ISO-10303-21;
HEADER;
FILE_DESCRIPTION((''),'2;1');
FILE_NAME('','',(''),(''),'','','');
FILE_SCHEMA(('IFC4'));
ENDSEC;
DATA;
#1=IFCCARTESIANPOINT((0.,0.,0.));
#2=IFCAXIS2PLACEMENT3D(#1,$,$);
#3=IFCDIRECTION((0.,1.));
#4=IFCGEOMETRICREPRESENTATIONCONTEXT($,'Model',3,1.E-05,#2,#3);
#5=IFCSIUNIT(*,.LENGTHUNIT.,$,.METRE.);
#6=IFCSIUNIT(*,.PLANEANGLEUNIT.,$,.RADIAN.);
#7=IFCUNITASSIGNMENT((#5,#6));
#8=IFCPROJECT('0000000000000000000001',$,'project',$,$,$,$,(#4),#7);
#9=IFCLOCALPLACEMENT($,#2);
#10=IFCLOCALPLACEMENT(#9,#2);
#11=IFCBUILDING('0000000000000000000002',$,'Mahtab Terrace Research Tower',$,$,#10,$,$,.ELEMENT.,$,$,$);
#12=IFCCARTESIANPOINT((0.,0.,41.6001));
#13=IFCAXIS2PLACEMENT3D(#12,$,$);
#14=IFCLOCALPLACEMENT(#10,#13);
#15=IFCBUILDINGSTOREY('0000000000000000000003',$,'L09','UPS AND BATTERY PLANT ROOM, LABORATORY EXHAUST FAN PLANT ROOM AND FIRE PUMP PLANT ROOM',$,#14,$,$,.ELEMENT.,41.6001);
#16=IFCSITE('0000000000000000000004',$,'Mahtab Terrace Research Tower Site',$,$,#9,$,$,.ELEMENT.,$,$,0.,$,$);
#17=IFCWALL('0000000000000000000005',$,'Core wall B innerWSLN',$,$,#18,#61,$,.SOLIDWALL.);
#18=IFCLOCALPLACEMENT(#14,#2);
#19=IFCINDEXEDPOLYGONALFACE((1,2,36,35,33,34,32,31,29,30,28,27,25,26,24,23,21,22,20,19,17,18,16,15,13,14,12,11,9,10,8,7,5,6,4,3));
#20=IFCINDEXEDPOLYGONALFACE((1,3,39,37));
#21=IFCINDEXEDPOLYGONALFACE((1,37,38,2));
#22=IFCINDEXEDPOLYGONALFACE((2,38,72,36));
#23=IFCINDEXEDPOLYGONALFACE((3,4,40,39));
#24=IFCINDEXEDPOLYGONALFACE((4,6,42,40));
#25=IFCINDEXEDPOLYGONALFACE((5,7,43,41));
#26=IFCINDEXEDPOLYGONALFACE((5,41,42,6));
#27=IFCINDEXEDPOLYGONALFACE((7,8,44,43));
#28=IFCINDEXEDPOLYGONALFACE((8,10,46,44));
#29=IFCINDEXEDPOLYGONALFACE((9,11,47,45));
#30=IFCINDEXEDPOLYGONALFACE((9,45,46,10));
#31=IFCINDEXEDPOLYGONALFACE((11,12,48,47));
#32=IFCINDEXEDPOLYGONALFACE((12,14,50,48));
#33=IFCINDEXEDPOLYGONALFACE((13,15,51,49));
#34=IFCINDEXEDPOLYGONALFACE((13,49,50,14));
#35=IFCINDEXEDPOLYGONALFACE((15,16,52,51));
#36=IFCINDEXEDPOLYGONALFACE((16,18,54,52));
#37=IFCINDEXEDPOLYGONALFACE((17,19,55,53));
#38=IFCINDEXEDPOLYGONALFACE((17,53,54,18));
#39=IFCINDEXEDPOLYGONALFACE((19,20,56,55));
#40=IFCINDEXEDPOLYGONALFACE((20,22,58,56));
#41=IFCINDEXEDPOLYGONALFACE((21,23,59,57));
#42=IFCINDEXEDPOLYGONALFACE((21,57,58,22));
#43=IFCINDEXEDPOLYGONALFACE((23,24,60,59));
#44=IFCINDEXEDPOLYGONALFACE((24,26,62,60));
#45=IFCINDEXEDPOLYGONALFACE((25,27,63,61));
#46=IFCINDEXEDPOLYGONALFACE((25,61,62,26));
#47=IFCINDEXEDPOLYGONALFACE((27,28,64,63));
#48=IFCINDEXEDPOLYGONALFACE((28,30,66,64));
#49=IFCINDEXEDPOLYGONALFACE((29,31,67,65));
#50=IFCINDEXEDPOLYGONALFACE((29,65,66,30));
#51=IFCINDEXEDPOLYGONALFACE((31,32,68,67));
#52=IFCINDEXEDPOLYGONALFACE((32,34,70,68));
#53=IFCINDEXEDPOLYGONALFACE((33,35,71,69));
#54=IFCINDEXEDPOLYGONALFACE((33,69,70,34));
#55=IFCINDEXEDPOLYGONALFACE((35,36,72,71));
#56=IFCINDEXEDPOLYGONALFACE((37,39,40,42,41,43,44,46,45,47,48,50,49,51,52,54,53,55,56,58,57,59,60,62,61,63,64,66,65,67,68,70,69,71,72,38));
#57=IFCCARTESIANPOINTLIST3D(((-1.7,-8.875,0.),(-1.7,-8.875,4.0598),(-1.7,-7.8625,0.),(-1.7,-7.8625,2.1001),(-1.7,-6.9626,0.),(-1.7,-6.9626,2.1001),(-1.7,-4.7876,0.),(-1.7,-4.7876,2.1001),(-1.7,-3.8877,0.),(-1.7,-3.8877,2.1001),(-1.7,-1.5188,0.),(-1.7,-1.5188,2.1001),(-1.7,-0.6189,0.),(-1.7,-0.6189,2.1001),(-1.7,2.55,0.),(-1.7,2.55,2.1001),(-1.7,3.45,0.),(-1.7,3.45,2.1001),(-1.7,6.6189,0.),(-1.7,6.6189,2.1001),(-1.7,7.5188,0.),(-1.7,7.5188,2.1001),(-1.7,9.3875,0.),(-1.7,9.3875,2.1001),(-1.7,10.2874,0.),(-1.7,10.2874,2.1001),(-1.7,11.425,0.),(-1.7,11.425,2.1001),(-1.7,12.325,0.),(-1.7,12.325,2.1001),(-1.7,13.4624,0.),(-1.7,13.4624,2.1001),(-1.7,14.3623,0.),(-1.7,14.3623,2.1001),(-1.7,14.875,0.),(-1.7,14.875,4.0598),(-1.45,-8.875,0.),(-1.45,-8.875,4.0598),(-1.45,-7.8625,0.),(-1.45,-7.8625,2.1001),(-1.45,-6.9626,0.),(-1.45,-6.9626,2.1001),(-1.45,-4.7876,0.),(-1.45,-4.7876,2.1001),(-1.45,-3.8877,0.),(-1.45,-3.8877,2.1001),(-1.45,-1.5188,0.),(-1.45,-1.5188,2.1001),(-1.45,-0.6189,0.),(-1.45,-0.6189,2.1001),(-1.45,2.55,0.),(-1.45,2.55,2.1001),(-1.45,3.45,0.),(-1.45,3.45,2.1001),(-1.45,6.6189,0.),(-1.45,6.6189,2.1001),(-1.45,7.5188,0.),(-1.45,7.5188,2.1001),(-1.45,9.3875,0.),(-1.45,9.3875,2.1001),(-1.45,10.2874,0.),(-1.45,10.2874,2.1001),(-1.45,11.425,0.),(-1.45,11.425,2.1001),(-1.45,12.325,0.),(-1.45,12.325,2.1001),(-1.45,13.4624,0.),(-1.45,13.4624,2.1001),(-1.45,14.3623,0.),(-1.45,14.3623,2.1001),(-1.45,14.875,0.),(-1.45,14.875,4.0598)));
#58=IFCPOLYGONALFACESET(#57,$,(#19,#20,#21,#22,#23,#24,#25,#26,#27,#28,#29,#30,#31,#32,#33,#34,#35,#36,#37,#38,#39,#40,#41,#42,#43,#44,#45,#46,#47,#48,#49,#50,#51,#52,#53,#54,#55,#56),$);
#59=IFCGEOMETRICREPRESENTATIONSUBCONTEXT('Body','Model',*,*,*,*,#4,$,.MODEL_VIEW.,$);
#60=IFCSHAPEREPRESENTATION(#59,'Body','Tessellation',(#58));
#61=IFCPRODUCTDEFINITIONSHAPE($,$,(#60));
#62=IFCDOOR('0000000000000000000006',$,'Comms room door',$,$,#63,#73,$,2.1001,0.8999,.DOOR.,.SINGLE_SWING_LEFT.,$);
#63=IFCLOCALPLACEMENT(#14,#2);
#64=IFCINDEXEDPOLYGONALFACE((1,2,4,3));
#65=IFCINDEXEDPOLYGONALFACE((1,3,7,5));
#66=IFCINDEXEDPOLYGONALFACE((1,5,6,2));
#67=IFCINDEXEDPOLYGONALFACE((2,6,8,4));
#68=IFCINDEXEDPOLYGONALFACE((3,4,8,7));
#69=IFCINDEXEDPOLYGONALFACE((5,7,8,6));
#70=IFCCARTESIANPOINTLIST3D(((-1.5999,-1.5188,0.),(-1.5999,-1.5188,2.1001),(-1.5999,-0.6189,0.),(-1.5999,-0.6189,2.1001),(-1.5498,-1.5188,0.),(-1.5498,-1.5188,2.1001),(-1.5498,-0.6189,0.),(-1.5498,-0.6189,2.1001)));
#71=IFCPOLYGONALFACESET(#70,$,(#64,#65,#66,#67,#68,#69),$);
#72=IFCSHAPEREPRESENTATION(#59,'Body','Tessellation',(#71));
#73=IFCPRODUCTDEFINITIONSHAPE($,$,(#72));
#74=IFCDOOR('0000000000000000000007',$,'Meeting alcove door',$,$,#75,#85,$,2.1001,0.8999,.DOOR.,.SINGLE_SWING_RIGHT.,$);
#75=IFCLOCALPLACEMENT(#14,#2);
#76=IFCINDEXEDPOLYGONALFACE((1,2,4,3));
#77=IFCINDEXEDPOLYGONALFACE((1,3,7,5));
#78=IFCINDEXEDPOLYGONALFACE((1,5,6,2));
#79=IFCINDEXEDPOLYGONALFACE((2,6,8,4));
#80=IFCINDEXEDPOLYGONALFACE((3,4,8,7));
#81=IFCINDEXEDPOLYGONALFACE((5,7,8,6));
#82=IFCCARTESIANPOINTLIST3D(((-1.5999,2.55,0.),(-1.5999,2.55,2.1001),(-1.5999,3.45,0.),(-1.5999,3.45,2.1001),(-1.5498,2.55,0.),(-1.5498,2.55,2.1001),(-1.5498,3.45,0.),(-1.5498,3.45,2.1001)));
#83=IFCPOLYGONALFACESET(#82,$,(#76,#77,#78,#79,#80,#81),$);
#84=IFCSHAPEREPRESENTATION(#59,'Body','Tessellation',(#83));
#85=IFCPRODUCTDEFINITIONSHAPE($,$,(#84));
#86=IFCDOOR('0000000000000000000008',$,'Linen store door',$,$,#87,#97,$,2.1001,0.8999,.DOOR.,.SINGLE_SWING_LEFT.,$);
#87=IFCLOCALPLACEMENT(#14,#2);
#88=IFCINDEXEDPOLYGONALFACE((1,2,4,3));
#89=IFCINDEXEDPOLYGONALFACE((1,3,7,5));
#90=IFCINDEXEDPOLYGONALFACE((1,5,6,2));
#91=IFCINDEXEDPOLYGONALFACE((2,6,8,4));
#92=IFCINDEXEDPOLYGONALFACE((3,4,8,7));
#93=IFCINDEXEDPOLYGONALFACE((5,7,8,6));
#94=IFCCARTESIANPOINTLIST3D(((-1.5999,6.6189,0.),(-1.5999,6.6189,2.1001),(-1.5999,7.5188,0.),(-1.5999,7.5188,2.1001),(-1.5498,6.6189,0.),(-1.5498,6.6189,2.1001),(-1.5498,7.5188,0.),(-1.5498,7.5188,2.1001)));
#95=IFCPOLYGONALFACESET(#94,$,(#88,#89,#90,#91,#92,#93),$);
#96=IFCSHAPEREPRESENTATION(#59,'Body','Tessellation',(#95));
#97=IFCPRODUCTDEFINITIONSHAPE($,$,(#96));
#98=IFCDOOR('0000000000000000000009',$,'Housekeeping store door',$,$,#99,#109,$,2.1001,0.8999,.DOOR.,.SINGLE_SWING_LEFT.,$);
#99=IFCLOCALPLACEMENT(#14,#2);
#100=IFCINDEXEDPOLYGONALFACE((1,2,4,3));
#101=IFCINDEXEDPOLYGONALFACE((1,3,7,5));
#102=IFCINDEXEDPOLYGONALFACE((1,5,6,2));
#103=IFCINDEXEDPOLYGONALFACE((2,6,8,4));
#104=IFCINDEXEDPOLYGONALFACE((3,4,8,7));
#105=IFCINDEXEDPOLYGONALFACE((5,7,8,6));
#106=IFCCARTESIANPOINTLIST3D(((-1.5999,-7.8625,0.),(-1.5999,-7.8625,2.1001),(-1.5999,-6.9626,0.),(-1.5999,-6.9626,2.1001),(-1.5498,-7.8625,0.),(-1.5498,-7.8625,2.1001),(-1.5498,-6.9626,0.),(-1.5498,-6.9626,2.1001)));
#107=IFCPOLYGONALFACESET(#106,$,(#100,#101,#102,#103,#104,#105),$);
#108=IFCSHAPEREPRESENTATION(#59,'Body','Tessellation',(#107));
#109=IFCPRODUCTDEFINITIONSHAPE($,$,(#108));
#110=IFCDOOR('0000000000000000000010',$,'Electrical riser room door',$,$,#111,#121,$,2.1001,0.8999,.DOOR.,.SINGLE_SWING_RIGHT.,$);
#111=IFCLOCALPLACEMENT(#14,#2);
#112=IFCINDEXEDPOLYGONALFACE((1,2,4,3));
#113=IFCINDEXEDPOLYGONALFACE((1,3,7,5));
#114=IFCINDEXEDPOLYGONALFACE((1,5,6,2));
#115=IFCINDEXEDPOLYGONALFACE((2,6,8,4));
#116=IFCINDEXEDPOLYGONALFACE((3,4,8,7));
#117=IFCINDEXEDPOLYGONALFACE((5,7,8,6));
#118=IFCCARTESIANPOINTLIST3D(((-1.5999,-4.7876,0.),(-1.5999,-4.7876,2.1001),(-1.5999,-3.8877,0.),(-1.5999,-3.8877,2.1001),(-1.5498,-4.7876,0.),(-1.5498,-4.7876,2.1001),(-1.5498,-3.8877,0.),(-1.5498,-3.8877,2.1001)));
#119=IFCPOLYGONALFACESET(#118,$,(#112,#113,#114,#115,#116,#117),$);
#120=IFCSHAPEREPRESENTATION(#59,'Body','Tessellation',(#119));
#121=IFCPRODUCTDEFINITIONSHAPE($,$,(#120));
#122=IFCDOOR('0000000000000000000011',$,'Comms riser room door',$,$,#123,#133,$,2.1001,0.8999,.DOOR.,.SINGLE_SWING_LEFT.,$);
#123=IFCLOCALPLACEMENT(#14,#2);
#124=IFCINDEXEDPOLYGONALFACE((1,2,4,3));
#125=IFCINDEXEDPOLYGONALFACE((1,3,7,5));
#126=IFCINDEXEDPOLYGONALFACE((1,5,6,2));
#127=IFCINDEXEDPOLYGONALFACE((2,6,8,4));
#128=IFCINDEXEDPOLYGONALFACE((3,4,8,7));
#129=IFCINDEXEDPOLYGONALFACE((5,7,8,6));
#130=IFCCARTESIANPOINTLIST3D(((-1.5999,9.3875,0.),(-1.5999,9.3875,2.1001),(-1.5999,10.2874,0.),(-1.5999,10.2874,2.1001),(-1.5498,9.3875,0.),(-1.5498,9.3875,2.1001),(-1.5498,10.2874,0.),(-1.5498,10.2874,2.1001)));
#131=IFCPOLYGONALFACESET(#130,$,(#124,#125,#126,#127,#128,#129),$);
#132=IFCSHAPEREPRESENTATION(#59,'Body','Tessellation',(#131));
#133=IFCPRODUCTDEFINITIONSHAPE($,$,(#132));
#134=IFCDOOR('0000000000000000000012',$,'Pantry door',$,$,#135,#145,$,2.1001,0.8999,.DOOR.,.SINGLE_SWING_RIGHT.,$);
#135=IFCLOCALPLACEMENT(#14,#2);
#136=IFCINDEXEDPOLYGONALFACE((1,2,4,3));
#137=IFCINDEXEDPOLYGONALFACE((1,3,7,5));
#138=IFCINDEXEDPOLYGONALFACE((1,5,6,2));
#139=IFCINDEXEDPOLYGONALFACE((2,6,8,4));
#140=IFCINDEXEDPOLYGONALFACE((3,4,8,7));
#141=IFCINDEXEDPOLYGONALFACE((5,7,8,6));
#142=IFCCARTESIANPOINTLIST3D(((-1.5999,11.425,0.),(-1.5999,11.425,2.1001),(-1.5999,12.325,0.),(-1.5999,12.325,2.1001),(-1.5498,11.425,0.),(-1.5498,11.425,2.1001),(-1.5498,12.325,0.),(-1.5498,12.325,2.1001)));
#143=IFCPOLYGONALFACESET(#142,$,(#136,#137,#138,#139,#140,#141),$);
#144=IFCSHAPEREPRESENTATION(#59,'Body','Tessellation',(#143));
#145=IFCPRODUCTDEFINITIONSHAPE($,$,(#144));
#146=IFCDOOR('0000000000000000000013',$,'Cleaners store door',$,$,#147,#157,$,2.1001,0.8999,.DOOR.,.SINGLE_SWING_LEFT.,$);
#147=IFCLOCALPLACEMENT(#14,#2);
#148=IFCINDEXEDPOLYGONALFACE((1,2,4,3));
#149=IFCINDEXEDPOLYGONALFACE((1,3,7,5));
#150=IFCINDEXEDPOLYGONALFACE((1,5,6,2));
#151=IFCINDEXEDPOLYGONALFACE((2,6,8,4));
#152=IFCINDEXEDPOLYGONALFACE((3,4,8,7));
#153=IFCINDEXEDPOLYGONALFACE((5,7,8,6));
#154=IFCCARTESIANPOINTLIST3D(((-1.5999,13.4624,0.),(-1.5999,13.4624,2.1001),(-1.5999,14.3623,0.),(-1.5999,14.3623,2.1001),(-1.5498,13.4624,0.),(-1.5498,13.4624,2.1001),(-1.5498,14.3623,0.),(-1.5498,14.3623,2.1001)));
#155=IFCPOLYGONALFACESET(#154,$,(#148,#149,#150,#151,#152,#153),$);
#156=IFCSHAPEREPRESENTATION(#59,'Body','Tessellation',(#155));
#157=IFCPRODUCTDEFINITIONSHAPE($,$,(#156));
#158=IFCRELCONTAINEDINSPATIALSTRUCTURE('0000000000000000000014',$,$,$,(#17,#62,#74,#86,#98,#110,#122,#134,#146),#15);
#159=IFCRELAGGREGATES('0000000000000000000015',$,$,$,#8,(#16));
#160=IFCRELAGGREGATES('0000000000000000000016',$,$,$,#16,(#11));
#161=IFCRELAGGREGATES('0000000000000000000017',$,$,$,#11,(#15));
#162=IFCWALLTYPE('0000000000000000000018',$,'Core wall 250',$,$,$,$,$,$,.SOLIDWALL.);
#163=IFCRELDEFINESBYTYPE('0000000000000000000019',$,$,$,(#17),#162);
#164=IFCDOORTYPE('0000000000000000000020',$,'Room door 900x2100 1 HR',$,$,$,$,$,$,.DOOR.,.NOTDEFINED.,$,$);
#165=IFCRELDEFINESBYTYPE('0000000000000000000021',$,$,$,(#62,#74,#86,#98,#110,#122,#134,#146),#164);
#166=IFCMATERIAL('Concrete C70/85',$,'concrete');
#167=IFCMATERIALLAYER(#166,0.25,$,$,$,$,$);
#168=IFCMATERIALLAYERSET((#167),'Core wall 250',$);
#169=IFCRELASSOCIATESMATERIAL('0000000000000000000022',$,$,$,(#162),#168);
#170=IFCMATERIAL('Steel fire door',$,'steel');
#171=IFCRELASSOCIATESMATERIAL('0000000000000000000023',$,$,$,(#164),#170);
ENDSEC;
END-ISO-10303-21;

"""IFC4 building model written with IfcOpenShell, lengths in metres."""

from ifc_helpers import new_model, si_unit, direction, frame, frame_2d, origin, place, context, subcontext, project, spatial, rectangle, extrude, material, layer, layer_set, type_object, element, fill, save


model = new_model("IFC4")

# Units and contexts
model_context = context("Model", 3, precision=1e-05, world=origin(), true_north=direction((0.0, 1.0)))
body_context = subcontext(model_context, "Body", "Model", "MODEL_VIEW")
ifc_project = project(units=[si_unit("LENGTHUNIT", "METRE"), si_unit("PLANEANGLEUNIT", "RADIAN")], contexts=[model_context])

# Site, building, storey
site_placement = place(None, origin())
site = spatial("IfcSite", under=ifc_project, at=site_placement, Name="Mahtab Terrace Research Tower Site", CompositionType="ELEMENT", RefElevation=0.0)
building_placement = place(site_placement, origin())
building = spatial("IfcBuilding", under=site, at=building_placement, Name="Mahtab Terrace Research Tower", CompositionType="ELEMENT")
storey_placement = place(building_placement, frame((0.0, 0.0, 41.6001)))
storey = spatial("IfcBuildingStorey", under=building, at=storey_placement, Name="L09", Description="UPS AND BATTERY PLANT ROOM, LABORATORY EXHAUST FAN PLANT ROOM AND FIRE PUMP PLANT ROOM", CompositionType="ELEMENT", Elevation=41.6001)

# Shared definitions
ifc_material_1 = material(Name="Concrete C70/85", Category="concrete")

# Shared definitions
ifc_layer_1 = layer(ifc_material_1, 0.25)
ifc_layer_set_1 = layer_set([ifc_layer_1], Name="Core wall 250")
wall_type_1 = type_object("IfcWallType", Name="Core wall 250", PredefinedType="SOLIDWALL", material=ifc_layer_set_1)

# Wall, openings, doors
wall_1_placement = place(storey_placement, frame((-1.575, -8.875, 0.0), z_axis=(0.0, 0.0, 1.0), x_axis=(0.0, 1.0, 0.0)))
wall_1 = element("IfcWall", 1, at=wall_1_placement, inside=storey, type_object=wall_type_1, Name="Core wall B innerWSLN", PredefinedType="SOLIDWALL", context=body_context, shape_type="SweptSolid", body=[
    extrude(rectangle(XDim=23.75, YDim=0.25, at=frame_2d((11.875, 0.0))), origin(), (0.0, 0.0, 1.0), 4.0598),
])
opening_1_placement = place(wall_1_placement, frame((7.3562, 0.0, 0.0)))
opening_1 = element("IfcOpeningElement", 2, at=opening_1_placement, cuts=wall_1, PredefinedType="OPENING", context=body_context, shape_type="SweptSolid", body=[
    extrude(rectangle(XDim=0.8999, YDim=2.1001, at=frame_2d((0.45, 1.05))), frame((0.0, 0.135, 0.0), z_axis=(0.0, -1.0, 0.0), x_axis=(1.0, 0.0, 0.0)), (0.0, 0.0, 1.0), 0.27),
])
opening_2_placement = place(wall_1_placement, frame((11.425, 0.0, 0.0)))
opening_2 = element("IfcOpeningElement", 3, at=opening_2_placement, cuts=wall_1, PredefinedType="OPENING", context=body_context, shape_type="SweptSolid", body=[
    extrude(rectangle(XDim=0.8999, YDim=2.1001, at=frame_2d((0.45, 1.05))), frame((0.0, 0.135, 0.0), z_axis=(0.0, -1.0, 0.0), x_axis=(1.0, 0.0, 0.0)), (0.0, 0.0, 1.0), 0.27),
])
opening_3_placement = place(wall_1_placement, frame((15.4939, 0.0, 0.0)))
opening_3 = element("IfcOpeningElement", 4, at=opening_3_placement, cuts=wall_1, PredefinedType="OPENING", context=body_context, shape_type="SweptSolid", body=[
    extrude(rectangle(XDim=0.8999, YDim=2.1001, at=frame_2d((0.45, 1.05))), frame((0.0, 0.135, 0.0), z_axis=(0.0, -1.0, 0.0), x_axis=(1.0, 0.0, 0.0)), (0.0, 0.0, 1.0), 0.27),
])
opening_4_placement = place(wall_1_placement, frame((1.0125, 0.0, 0.0)))
opening_4 = element("IfcOpeningElement", 5, at=opening_4_placement, cuts=wall_1, PredefinedType="OPENING", context=body_context, shape_type="SweptSolid", body=[
    extrude(rectangle(XDim=0.8999, YDim=2.1001, at=frame_2d((0.45, 1.05))), frame((0.0, 0.135, 0.0), z_axis=(0.0, -1.0, 0.0), x_axis=(1.0, 0.0, 0.0)), (0.0, 0.0, 1.0), 0.27),
])
opening_5_placement = place(wall_1_placement, frame((4.0874, 0.0, 0.0)))
opening_5 = element("IfcOpeningElement", 6, at=opening_5_placement, cuts=wall_1, PredefinedType="OPENING", context=body_context, shape_type="SweptSolid", body=[
    extrude(rectangle(XDim=0.8999, YDim=2.1001, at=frame_2d((0.45, 1.05))), frame((0.0, 0.135, 0.0), z_axis=(0.0, -1.0, 0.0), x_axis=(1.0, 0.0, 0.0)), (0.0, 0.0, 1.0), 0.27),
])
opening_6_placement = place(wall_1_placement, frame((18.2625, 0.0, 0.0)))
opening_6 = element("IfcOpeningElement", 7, at=opening_6_placement, cuts=wall_1, PredefinedType="OPENING", context=body_context, shape_type="SweptSolid", body=[
    extrude(rectangle(XDim=0.8999, YDim=2.1001, at=frame_2d((0.45, 1.05))), frame((0.0, 0.135, 0.0), z_axis=(0.0, -1.0, 0.0), x_axis=(1.0, 0.0, 0.0)), (0.0, 0.0, 1.0), 0.27),
])
opening_7_placement = place(wall_1_placement, frame((20.3, 0.0, 0.0)))
opening_7 = element("IfcOpeningElement", 8, at=opening_7_placement, cuts=wall_1, PredefinedType="OPENING", context=body_context, shape_type="SweptSolid", body=[
    extrude(rectangle(XDim=0.8999, YDim=2.1001, at=frame_2d((0.45, 1.05))), frame((0.0, 0.135, 0.0), z_axis=(0.0, -1.0, 0.0), x_axis=(1.0, 0.0, 0.0)), (0.0, 0.0, 1.0), 0.27),
])
opening_8_placement = place(wall_1_placement, frame((22.3374, 0.0, 0.0)))
opening_8 = element("IfcOpeningElement", 9, at=opening_8_placement, cuts=wall_1, PredefinedType="OPENING", context=body_context, shape_type="SweptSolid", body=[
    extrude(rectangle(XDim=0.8999, YDim=2.1001, at=frame_2d((0.45, 1.05))), frame((0.0, 0.135, 0.0), z_axis=(0.0, -1.0, 0.0), x_axis=(1.0, 0.0, 0.0)), (0.0, 0.0, 1.0), 0.27),
])
ifc_material_2 = material(Name="Steel fire door", Category="steel")
door_type_1 = type_object("IfcDoorType", Name="Room door 900x2100 1 HR", OperationType="NOTDEFINED", PredefinedType="DOOR", material=ifc_material_2)
door_1_placement = place(opening_1_placement, origin())
door_1 = element("IfcDoor", 10, at=door_1_placement, inside=storey, type_object=door_type_1, Name="Comms room door", OperationType="SINGLE_SWING_LEFT", OverallHeight=2.1001, OverallWidth=0.8999, PredefinedType="DOOR", context=body_context, shape_type="SweptSolid", body=[
    extrude(rectangle(XDim=0.8999, YDim=2.1001, at=frame_2d((0.45, 1.05))), frame((0.0, 0.0249, 0.0), z_axis=(0.0, -1.0, 0.0), x_axis=(1.0, 0.0, 0.0)), (0.0, 0.0, 1.0), 0.05),
])
fill(opening_1, door_1)
door_2_placement = place(opening_2_placement, origin())
door_2 = element("IfcDoor", 11, at=door_2_placement, inside=storey, type_object=door_type_1, Name="Meeting alcove door", OperationType="SINGLE_SWING_RIGHT", OverallHeight=2.1001, OverallWidth=0.8999, PredefinedType="DOOR", context=body_context, shape_type="SweptSolid", body=[
    extrude(rectangle(XDim=0.8999, YDim=2.1001, at=frame_2d((0.45, 1.05))), frame((0.0, 0.0249, 0.0), z_axis=(0.0, -1.0, 0.0), x_axis=(1.0, 0.0, 0.0)), (0.0, 0.0, 1.0), 0.05),
])
fill(opening_2, door_2)
door_3_placement = place(opening_3_placement, origin())
door_3 = element("IfcDoor", 12, at=door_3_placement, inside=storey, type_object=door_type_1, Name="Linen store door", OperationType="SINGLE_SWING_LEFT", OverallHeight=2.1001, OverallWidth=0.8999, PredefinedType="DOOR", context=body_context, shape_type="SweptSolid", body=[
    extrude(rectangle(XDim=0.8999, YDim=2.1001, at=frame_2d((0.45, 1.05))), frame((0.0, 0.0249, 0.0), z_axis=(0.0, -1.0, 0.0), x_axis=(1.0, 0.0, 0.0)), (0.0, 0.0, 1.0), 0.05),
])
fill(opening_3, door_3)
door_4_placement = place(opening_4_placement, origin())
door_4 = element("IfcDoor", 13, at=door_4_placement, inside=storey, type_object=door_type_1, Name="Housekeeping store door", OperationType="SINGLE_SWING_LEFT", OverallHeight=2.1001, OverallWidth=0.8999, PredefinedType="DOOR", context=body_context, shape_type="SweptSolid", body=[
    extrude(rectangle(XDim=0.8999, YDim=2.1001, at=frame_2d((0.45, 1.05))), frame((0.0, 0.0249, 0.0), z_axis=(0.0, -1.0, 0.0), x_axis=(1.0, 0.0, 0.0)), (0.0, 0.0, 1.0), 0.05),
])
fill(opening_4, door_4)
door_5_placement = place(opening_5_placement, origin())
door_5 = element("IfcDoor", 14, at=door_5_placement, inside=storey, type_object=door_type_1, Name="Electrical riser room door", OperationType="SINGLE_SWING_RIGHT", OverallHeight=2.1001, OverallWidth=0.8999, PredefinedType="DOOR", context=body_context, shape_type="SweptSolid", body=[
    extrude(rectangle(XDim=0.8999, YDim=2.1001, at=frame_2d((0.45, 1.05))), frame((0.0, 0.0249, 0.0), z_axis=(0.0, -1.0, 0.0), x_axis=(1.0, 0.0, 0.0)), (0.0, 0.0, 1.0), 0.05),
])
fill(opening_5, door_5)
door_6_placement = place(opening_6_placement, origin())
door_6 = element("IfcDoor", 15, at=door_6_placement, inside=storey, type_object=door_type_1, Name="Comms riser room door", OperationType="SINGLE_SWING_LEFT", OverallHeight=2.1001, OverallWidth=0.8999, PredefinedType="DOOR", context=body_context, shape_type="SweptSolid", body=[
    extrude(rectangle(XDim=0.8999, YDim=2.1001, at=frame_2d((0.45, 1.05))), frame((0.0, 0.0249, 0.0), z_axis=(0.0, -1.0, 0.0), x_axis=(1.0, 0.0, 0.0)), (0.0, 0.0, 1.0), 0.05),
])
fill(opening_6, door_6)
door_7_placement = place(opening_7_placement, origin())
door_7 = element("IfcDoor", 16, at=door_7_placement, inside=storey, type_object=door_type_1, Name="Pantry door", OperationType="SINGLE_SWING_RIGHT", OverallHeight=2.1001, OverallWidth=0.8999, PredefinedType="DOOR", context=body_context, shape_type="SweptSolid", body=[
    extrude(rectangle(XDim=0.8999, YDim=2.1001, at=frame_2d((0.45, 1.05))), frame((0.0, 0.0249, 0.0), z_axis=(0.0, -1.0, 0.0), x_axis=(1.0, 0.0, 0.0)), (0.0, 0.0, 1.0), 0.05),
])
fill(opening_7, door_7)
door_8_placement = place(opening_8_placement, origin())
door_8 = element("IfcDoor", 17, at=door_8_placement, inside=storey, type_object=door_type_1, Name="Cleaners store door", OperationType="SINGLE_SWING_LEFT", OverallHeight=2.1001, OverallWidth=0.8999, PredefinedType="DOOR", context=body_context, shape_type="SweptSolid", body=[
    extrude(rectangle(XDim=0.8999, YDim=2.1001, at=frame_2d((0.45, 1.05))), frame((0.0, 0.0249, 0.0), z_axis=(0.0, -1.0, 0.0), x_axis=(1.0, 0.0, 0.0)), (0.0, 0.0, 1.0), 0.05),
])
fill(opening_8, door_8)

save(model, "model.ifc")
